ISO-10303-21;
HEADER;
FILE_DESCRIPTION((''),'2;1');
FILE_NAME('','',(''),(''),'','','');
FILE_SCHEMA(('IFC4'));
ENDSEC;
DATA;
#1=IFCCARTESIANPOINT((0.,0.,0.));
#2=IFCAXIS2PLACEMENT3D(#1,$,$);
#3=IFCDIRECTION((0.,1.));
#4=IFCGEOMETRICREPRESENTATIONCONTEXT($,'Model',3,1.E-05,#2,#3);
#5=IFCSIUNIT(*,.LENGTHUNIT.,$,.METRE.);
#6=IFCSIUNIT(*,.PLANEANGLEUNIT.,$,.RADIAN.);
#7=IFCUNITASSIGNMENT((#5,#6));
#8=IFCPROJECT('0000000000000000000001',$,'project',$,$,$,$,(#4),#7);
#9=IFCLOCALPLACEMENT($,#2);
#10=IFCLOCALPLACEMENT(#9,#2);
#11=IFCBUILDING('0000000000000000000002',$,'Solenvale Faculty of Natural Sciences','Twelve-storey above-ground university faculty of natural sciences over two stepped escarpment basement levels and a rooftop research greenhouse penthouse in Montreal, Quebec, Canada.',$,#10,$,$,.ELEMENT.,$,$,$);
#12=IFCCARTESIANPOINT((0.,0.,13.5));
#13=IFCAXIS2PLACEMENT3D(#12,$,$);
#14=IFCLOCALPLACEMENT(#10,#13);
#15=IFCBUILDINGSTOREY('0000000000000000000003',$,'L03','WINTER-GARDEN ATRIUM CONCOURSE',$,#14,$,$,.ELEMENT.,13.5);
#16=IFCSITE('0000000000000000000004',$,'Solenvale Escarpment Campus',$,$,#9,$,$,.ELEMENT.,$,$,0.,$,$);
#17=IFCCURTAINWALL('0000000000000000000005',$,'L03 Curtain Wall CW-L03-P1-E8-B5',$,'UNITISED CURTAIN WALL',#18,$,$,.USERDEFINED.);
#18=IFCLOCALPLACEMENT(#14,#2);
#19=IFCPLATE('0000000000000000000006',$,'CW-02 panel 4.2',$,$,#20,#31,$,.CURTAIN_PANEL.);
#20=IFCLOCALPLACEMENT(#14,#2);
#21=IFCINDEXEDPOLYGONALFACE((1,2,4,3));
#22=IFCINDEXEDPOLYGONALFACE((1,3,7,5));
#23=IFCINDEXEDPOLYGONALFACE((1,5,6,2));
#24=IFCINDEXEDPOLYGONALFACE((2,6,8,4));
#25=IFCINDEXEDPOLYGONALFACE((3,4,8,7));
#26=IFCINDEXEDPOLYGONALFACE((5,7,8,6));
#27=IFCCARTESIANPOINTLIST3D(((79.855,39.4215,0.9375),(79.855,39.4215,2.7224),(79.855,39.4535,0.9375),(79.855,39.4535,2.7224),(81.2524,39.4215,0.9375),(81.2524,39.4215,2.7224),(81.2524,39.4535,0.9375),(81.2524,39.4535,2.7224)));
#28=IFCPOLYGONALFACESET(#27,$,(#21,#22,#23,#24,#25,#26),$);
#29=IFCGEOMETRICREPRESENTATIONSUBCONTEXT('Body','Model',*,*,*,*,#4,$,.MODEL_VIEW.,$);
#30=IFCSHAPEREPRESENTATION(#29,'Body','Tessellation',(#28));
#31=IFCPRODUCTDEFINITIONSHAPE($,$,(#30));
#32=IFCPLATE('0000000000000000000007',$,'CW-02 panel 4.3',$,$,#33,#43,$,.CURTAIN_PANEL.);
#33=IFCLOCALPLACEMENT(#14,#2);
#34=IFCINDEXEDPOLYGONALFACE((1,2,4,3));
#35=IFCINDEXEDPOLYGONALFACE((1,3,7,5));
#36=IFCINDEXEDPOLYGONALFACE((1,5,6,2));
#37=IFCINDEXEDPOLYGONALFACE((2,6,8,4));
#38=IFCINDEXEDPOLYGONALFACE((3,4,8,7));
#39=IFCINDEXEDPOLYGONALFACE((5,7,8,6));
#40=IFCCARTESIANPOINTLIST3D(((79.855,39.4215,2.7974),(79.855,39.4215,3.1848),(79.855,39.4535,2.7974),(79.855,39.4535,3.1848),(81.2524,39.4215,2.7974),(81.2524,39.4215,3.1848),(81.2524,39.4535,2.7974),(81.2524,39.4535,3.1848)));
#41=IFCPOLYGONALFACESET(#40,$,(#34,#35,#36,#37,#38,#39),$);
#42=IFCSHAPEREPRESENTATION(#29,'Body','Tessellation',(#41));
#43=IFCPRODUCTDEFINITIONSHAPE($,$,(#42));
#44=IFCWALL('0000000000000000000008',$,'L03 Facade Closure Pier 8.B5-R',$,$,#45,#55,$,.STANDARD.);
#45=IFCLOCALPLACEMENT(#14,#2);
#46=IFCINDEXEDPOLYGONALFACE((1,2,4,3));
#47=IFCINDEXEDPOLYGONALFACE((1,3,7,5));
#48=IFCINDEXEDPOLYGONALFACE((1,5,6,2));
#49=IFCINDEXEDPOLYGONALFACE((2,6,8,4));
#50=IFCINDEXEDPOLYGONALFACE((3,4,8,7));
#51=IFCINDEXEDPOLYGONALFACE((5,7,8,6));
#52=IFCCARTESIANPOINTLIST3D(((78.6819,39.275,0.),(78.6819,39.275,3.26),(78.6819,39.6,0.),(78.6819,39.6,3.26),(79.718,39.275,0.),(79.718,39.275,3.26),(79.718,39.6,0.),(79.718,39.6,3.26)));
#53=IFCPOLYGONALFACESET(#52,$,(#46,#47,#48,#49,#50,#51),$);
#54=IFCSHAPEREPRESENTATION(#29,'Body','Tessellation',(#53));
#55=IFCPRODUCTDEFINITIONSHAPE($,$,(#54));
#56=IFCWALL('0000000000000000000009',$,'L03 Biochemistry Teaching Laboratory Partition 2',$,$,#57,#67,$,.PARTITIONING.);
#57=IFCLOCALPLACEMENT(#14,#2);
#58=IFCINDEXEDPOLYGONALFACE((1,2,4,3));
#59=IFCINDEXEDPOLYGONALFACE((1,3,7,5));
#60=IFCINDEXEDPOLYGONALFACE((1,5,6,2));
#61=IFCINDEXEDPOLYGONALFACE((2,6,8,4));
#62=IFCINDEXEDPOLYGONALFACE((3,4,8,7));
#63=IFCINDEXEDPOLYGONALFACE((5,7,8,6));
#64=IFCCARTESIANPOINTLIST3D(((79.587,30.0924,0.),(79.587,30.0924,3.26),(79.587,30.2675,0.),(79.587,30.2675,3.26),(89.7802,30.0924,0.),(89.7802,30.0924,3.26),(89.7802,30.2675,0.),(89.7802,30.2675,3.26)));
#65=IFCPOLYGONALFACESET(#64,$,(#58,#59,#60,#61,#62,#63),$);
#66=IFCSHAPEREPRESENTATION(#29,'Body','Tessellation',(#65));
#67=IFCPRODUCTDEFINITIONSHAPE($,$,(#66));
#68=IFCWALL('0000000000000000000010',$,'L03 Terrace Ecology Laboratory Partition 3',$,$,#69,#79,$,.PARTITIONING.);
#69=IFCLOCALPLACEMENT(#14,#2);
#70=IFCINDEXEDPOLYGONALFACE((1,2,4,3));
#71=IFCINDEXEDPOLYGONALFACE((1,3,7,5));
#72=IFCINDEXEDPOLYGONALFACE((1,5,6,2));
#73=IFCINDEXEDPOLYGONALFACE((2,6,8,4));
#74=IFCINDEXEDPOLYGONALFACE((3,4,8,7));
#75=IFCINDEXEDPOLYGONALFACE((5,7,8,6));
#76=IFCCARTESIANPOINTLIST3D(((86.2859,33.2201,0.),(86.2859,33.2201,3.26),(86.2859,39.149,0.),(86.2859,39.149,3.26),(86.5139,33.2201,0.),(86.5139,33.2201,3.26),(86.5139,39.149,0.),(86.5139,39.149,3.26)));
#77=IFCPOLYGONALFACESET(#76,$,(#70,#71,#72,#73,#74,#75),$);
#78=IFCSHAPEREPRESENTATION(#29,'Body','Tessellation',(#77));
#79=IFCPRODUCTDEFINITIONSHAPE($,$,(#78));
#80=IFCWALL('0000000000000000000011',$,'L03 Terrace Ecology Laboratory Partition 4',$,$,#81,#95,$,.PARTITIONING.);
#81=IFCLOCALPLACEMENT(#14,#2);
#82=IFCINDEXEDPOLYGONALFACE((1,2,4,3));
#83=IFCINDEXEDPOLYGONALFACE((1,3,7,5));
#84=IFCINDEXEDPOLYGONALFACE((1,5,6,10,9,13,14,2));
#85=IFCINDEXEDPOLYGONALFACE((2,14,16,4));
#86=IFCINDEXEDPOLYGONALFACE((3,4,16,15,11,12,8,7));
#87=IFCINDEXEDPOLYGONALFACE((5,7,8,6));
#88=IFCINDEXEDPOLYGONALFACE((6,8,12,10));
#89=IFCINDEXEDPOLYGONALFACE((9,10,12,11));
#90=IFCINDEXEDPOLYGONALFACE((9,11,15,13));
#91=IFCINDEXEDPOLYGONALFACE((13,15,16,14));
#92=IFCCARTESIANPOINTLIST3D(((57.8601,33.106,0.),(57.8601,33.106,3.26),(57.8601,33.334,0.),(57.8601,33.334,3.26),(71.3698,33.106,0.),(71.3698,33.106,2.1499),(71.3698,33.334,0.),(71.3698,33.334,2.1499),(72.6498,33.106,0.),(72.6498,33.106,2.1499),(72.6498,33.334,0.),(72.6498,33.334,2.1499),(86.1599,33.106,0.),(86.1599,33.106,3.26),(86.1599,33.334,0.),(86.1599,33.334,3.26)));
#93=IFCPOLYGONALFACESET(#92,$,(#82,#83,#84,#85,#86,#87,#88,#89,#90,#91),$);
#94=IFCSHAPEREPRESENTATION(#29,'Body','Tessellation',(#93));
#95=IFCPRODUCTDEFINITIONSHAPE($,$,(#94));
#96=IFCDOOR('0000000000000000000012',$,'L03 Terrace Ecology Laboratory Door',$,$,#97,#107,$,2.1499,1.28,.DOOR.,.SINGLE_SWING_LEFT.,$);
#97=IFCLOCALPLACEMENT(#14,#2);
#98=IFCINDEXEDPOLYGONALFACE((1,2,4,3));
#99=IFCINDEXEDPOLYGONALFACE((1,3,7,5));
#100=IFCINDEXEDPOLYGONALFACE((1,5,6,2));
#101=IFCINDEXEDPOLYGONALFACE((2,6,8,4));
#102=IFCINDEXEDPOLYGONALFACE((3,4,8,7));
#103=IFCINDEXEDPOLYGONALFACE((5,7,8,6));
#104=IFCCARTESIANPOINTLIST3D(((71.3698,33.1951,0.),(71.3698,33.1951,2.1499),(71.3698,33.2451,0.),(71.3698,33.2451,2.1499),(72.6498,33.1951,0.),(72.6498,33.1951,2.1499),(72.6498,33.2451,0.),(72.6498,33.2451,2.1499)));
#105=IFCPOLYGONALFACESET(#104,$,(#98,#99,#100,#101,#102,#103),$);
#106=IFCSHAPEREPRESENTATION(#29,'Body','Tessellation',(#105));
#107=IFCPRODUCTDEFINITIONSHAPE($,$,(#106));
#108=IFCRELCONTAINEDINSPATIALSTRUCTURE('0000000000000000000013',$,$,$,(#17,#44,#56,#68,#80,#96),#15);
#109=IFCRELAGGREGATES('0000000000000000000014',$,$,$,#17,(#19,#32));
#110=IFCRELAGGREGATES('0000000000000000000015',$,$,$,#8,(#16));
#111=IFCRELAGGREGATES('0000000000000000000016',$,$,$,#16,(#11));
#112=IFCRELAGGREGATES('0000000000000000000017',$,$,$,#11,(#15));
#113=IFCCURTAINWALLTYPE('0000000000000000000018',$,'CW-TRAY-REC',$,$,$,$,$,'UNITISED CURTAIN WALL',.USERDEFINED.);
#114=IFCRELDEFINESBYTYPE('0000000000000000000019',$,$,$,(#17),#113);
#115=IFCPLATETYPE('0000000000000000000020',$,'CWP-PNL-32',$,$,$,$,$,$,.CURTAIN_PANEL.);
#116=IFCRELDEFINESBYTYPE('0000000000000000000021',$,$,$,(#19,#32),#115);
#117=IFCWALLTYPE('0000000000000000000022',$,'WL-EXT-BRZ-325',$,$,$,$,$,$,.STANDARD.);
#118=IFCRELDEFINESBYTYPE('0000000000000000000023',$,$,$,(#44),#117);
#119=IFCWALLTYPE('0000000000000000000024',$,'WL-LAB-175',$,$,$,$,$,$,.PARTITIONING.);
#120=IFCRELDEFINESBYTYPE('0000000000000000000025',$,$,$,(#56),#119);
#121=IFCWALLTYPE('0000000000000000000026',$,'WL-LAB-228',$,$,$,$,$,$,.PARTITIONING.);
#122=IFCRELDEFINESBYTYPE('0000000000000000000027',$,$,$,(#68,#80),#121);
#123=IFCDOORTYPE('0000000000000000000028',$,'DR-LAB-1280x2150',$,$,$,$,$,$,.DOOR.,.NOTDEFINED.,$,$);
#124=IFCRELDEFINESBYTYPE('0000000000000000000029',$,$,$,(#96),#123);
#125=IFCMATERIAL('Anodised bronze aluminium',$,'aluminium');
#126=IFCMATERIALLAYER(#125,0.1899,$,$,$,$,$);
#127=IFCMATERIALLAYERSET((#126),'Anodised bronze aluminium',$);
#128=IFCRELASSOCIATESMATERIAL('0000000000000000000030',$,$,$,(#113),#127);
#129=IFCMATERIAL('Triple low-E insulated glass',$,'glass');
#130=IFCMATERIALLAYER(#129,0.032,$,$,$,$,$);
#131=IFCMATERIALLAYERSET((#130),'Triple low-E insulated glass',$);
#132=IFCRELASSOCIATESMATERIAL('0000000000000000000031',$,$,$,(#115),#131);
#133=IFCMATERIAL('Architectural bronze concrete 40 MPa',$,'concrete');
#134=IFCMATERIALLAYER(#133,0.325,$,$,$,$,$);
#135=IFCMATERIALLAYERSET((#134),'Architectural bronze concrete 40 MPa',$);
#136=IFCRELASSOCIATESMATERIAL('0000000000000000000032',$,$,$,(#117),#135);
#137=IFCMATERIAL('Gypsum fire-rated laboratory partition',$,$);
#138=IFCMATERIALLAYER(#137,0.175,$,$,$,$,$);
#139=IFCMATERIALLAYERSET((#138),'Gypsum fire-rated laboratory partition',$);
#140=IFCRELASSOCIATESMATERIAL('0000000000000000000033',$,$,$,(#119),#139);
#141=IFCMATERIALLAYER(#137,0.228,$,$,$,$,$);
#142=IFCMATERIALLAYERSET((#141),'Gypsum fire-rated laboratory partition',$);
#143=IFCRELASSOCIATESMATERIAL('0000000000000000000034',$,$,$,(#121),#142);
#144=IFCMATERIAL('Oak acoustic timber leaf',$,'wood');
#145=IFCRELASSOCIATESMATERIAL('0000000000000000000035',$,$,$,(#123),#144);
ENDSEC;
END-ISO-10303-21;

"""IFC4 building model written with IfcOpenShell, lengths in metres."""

from ifc_helpers import new_model, si_unit, direction, frame, frame_2d, origin, origin_2d, place, context, subcontext, project, spatial, rectangle, extrude, material, layer, layer_set, type_object, element, fill, aggregate, save


model = new_model("IFC4")

# Units and contexts
model_context = context("Model", 3, precision=1e-05, world=origin(), true_north=direction((0.0, 1.0)))
body_context = subcontext(model_context, "Body", "Model", "MODEL_VIEW")
ifc_project = project(units=[si_unit("LENGTHUNIT", "METRE"), si_unit("PLANEANGLEUNIT", "RADIAN")], contexts=[model_context])

# Site, building, storey
site_placement = place(None, origin())
site = spatial("IfcSite", under=ifc_project, at=site_placement, Name="Solenvale Escarpment Campus", CompositionType="ELEMENT", RefElevation=0.0)
building_placement = place(site_placement, origin())
building = spatial("IfcBuilding", under=site, at=building_placement, Name="Solenvale Faculty of Natural Sciences", Description="Twelve-storey above-ground university faculty of natural sciences over two stepped escarpment basement levels and a rooftop research greenhouse penthouse in Montreal, Quebec, Canada.", CompositionType="ELEMENT")
storey_placement = place(building_placement, frame((0.0, 0.0, 13.5)))
storey = spatial("IfcBuildingStorey", under=building, at=storey_placement, Name="L03", Description="WINTER-GARDEN ATRIUM CONCOURSE", CompositionType="ELEMENT", Elevation=13.5)

# Shared definitions
ifc_material_1 = material(Name="Architectural bronze concrete 40 MPa", Category="concrete")

# Curtain wall, plates
ifc_material_2 = material(Name="Anodised bronze aluminium", Category="aluminium")
ifc_layer_1 = layer(ifc_material_2, 0.1899)
ifc_layer_set_1 = layer_set([ifc_layer_1], Name="Anodised bronze aluminium")
curtain_wall_type = type_object("IfcCurtainWallType", Name="CW-TRAY-REC", ElementType="UNITISED CURTAIN WALL", PredefinedType="USERDEFINED", material=ifc_layer_set_1)
curtain_wall_placement = place(storey_placement, origin())
curtain_wall = element("IfcCurtainWall", 1, at=curtain_wall_placement, inside=storey, type_object=curtain_wall_type, Name="L03 Curtain Wall CW-L03-P1-E8-B5", ObjectType="UNITISED CURTAIN WALL", PredefinedType="USERDEFINED")
ifc_material_3 = material(Name="Triple low-E insulated glass", Category="glass")
ifc_layer_2 = layer(ifc_material_3, 0.032)
ifc_layer_set_2 = layer_set([ifc_layer_2], Name="Triple low-E insulated glass")
plate_type = type_object("IfcPlateType", Name="CWP-PNL-32", PredefinedType="CURTAIN_PANEL", material=ifc_layer_set_2)
plate_1_placement = place(storey_placement, frame((80.5537, 39.4375, 0.9375), z_axis=(0.0, 0.0, 1.0), x_axis=(-1.0, 0.0, 0.0)))
plate_1 = element("IfcPlate", 2, at=plate_1_placement, type_object=plate_type, Name="CW-02 panel 4.2", PredefinedType="CURTAIN_PANEL", context=body_context, shape_type="SweptSolid", body=[
    extrude(rectangle(XDim=1.3975, YDim=0.032, at=origin_2d()), origin(), (0.0, 0.0, 1.0), 1.7849),
])
plate_2_placement = place(storey_placement, frame((80.5537, 39.4375, 2.7974), z_axis=(0.0, 0.0, 1.0), x_axis=(-1.0, 0.0, 0.0)))
plate_2 = element("IfcPlate", 3, at=plate_2_placement, type_object=plate_type, Name="CW-02 panel 4.3", PredefinedType="CURTAIN_PANEL", context=body_context, shape_type="SweptSolid", body=[
    extrude(rectangle(XDim=1.3975, YDim=0.032, at=origin_2d()), origin(), (0.0, 0.0, 1.0), 0.3875),
])
aggregate(curtain_wall, [plate_1, plate_2])

# Walls
ifc_layer_3 = layer(ifc_material_1, 0.325)
ifc_layer_set_3 = layer_set([ifc_layer_3], Name="Architectural bronze concrete 40 MPa")
wall_type_1 = type_object("IfcWallType", Name="WL-EXT-BRZ-325", PredefinedType="STANDARD", material=ifc_layer_set_3)
wall_1_placement = place(storey_placement, frame((79.718, 39.4375, 0.0), z_axis=(0.0, 0.0, 1.0), x_axis=(-1.0, 0.0, 0.0)))
element("IfcWall", 4, at=wall_1_placement, inside=storey, type_object=wall_type_1, Name="L03 Facade Closure Pier 8.B5-R", PredefinedType="STANDARD", context=body_context, shape_type="SweptSolid", body=[
    extrude(rectangle(XDim=1.0361, YDim=0.325, at=frame_2d((0.5181, 0.0))), origin(), (0.0, 0.0, 1.0), 3.26),
])
ifc_material_4 = material(Name="Gypsum fire-rated laboratory partition")
ifc_layer_4 = layer(ifc_material_4, 0.175)
ifc_layer_set_4 = layer_set([ifc_layer_4], Name="Gypsum fire-rated laboratory partition")
wall_type_2 = type_object("IfcWallType", Name="WL-LAB-175", PredefinedType="PARTITIONING", material=ifc_layer_set_4)
wall_2_placement = place(storey_placement, frame((79.5869, 30.1799, 0.0), z_axis=(0.0, 0.0, 1.0), x_axis=(1.0, 0.0, 0.0)))
element("IfcWall", 5, at=wall_2_placement, inside=storey, type_object=wall_type_2, Name="L03 Biochemistry Teaching Laboratory Partition 2", PredefinedType="PARTITIONING", context=body_context, shape_type="SweptSolid", body=[
    extrude(rectangle(XDim=10.1931, YDim=0.175, at=frame_2d((5.0967, 0.0))), origin(), (0.0, 0.0, 1.0), 3.26),
])
ifc_layer_5 = layer(ifc_material_4, 0.228)
ifc_layer_set_5 = layer_set([ifc_layer_5], Name="Gypsum fire-rated laboratory partition")
wall_type_3 = type_object("IfcWallType", Name="WL-LAB-228", PredefinedType="PARTITIONING", material=ifc_layer_set_5)
wall_3_placement = place(storey_placement, frame((86.3999, 39.1489, 0.0), z_axis=(0.0, 0.0, 1.0), x_axis=(0.0, -1.0, 0.0)))
element("IfcWall", 6, at=wall_3_placement, inside=storey, type_object=wall_type_3, Name="L03 Terrace Ecology Laboratory Partition 3", PredefinedType="PARTITIONING", context=body_context, shape_type="SweptSolid", body=[
    extrude(rectangle(XDim=5.929, YDim=0.228, at=frame_2d((2.9644, 0.0))), origin(), (0.0, 0.0, 1.0), 3.26),
])

# Wall, opening, door
wall_4_placement = place(storey_placement, frame((86.1599, 33.22, 0.0), z_axis=(0.0, 0.0, 1.0), x_axis=(-1.0, 0.0, 0.0)))
wall_4 = element("IfcWall", 7, at=wall_4_placement, inside=storey, type_object=wall_type_3, Name="L03 Terrace Ecology Laboratory Partition 4", PredefinedType="PARTITIONING", context=body_context, shape_type="SweptSolid", body=[
    extrude(rectangle(XDim=28.2998, YDim=0.228, at=frame_2d((14.1499, 0.0))), origin(), (0.0, 0.0, 1.0), 3.26),
])
opening_placement = place(wall_4_placement, frame((13.51, 0.0, 0.0)))
opening = element("IfcOpeningElement", 8, at=opening_placement, cuts=wall_4, PredefinedType="OPENING", context=body_context, shape_type="SweptSolid", body=[
    extrude(rectangle(XDim=1.28, YDim=2.1499, at=frame_2d((0.6401, 1.075))), frame((0.0, 0.124, 0.0), z_axis=(0.0, -1.0, 0.0), x_axis=(1.0, 0.0, 0.0)), (0.0, 0.0, 1.0), 0.248),
])
ifc_material_5 = material(Name="Oak acoustic timber leaf", Category="wood")
door_type = type_object("IfcDoorType", Name="DR-LAB-1280x2150", OperationType="NOTDEFINED", PredefinedType="DOOR", material=ifc_material_5)
door_placement = place(opening_placement, origin())
door = element("IfcDoor", 9, at=door_placement, inside=storey, type_object=door_type, Name="L03 Terrace Ecology Laboratory Door", OperationType="SINGLE_SWING_LEFT", OverallHeight=2.1499, OverallWidth=1.28, PredefinedType="DOOR", context=body_context, shape_type="SweptSolid", body=[
    extrude(rectangle(XDim=1.28, YDim=2.1499, at=frame_2d((0.6401, 1.075))), frame((0.0, 0.0249, 0.0), z_axis=(0.0, -1.0, 0.0), x_axis=(1.0, 0.0, 0.0)), (0.0, 0.0, 1.0), 0.05),
])
fill(opening, door)

save(model, "model.ifc")
